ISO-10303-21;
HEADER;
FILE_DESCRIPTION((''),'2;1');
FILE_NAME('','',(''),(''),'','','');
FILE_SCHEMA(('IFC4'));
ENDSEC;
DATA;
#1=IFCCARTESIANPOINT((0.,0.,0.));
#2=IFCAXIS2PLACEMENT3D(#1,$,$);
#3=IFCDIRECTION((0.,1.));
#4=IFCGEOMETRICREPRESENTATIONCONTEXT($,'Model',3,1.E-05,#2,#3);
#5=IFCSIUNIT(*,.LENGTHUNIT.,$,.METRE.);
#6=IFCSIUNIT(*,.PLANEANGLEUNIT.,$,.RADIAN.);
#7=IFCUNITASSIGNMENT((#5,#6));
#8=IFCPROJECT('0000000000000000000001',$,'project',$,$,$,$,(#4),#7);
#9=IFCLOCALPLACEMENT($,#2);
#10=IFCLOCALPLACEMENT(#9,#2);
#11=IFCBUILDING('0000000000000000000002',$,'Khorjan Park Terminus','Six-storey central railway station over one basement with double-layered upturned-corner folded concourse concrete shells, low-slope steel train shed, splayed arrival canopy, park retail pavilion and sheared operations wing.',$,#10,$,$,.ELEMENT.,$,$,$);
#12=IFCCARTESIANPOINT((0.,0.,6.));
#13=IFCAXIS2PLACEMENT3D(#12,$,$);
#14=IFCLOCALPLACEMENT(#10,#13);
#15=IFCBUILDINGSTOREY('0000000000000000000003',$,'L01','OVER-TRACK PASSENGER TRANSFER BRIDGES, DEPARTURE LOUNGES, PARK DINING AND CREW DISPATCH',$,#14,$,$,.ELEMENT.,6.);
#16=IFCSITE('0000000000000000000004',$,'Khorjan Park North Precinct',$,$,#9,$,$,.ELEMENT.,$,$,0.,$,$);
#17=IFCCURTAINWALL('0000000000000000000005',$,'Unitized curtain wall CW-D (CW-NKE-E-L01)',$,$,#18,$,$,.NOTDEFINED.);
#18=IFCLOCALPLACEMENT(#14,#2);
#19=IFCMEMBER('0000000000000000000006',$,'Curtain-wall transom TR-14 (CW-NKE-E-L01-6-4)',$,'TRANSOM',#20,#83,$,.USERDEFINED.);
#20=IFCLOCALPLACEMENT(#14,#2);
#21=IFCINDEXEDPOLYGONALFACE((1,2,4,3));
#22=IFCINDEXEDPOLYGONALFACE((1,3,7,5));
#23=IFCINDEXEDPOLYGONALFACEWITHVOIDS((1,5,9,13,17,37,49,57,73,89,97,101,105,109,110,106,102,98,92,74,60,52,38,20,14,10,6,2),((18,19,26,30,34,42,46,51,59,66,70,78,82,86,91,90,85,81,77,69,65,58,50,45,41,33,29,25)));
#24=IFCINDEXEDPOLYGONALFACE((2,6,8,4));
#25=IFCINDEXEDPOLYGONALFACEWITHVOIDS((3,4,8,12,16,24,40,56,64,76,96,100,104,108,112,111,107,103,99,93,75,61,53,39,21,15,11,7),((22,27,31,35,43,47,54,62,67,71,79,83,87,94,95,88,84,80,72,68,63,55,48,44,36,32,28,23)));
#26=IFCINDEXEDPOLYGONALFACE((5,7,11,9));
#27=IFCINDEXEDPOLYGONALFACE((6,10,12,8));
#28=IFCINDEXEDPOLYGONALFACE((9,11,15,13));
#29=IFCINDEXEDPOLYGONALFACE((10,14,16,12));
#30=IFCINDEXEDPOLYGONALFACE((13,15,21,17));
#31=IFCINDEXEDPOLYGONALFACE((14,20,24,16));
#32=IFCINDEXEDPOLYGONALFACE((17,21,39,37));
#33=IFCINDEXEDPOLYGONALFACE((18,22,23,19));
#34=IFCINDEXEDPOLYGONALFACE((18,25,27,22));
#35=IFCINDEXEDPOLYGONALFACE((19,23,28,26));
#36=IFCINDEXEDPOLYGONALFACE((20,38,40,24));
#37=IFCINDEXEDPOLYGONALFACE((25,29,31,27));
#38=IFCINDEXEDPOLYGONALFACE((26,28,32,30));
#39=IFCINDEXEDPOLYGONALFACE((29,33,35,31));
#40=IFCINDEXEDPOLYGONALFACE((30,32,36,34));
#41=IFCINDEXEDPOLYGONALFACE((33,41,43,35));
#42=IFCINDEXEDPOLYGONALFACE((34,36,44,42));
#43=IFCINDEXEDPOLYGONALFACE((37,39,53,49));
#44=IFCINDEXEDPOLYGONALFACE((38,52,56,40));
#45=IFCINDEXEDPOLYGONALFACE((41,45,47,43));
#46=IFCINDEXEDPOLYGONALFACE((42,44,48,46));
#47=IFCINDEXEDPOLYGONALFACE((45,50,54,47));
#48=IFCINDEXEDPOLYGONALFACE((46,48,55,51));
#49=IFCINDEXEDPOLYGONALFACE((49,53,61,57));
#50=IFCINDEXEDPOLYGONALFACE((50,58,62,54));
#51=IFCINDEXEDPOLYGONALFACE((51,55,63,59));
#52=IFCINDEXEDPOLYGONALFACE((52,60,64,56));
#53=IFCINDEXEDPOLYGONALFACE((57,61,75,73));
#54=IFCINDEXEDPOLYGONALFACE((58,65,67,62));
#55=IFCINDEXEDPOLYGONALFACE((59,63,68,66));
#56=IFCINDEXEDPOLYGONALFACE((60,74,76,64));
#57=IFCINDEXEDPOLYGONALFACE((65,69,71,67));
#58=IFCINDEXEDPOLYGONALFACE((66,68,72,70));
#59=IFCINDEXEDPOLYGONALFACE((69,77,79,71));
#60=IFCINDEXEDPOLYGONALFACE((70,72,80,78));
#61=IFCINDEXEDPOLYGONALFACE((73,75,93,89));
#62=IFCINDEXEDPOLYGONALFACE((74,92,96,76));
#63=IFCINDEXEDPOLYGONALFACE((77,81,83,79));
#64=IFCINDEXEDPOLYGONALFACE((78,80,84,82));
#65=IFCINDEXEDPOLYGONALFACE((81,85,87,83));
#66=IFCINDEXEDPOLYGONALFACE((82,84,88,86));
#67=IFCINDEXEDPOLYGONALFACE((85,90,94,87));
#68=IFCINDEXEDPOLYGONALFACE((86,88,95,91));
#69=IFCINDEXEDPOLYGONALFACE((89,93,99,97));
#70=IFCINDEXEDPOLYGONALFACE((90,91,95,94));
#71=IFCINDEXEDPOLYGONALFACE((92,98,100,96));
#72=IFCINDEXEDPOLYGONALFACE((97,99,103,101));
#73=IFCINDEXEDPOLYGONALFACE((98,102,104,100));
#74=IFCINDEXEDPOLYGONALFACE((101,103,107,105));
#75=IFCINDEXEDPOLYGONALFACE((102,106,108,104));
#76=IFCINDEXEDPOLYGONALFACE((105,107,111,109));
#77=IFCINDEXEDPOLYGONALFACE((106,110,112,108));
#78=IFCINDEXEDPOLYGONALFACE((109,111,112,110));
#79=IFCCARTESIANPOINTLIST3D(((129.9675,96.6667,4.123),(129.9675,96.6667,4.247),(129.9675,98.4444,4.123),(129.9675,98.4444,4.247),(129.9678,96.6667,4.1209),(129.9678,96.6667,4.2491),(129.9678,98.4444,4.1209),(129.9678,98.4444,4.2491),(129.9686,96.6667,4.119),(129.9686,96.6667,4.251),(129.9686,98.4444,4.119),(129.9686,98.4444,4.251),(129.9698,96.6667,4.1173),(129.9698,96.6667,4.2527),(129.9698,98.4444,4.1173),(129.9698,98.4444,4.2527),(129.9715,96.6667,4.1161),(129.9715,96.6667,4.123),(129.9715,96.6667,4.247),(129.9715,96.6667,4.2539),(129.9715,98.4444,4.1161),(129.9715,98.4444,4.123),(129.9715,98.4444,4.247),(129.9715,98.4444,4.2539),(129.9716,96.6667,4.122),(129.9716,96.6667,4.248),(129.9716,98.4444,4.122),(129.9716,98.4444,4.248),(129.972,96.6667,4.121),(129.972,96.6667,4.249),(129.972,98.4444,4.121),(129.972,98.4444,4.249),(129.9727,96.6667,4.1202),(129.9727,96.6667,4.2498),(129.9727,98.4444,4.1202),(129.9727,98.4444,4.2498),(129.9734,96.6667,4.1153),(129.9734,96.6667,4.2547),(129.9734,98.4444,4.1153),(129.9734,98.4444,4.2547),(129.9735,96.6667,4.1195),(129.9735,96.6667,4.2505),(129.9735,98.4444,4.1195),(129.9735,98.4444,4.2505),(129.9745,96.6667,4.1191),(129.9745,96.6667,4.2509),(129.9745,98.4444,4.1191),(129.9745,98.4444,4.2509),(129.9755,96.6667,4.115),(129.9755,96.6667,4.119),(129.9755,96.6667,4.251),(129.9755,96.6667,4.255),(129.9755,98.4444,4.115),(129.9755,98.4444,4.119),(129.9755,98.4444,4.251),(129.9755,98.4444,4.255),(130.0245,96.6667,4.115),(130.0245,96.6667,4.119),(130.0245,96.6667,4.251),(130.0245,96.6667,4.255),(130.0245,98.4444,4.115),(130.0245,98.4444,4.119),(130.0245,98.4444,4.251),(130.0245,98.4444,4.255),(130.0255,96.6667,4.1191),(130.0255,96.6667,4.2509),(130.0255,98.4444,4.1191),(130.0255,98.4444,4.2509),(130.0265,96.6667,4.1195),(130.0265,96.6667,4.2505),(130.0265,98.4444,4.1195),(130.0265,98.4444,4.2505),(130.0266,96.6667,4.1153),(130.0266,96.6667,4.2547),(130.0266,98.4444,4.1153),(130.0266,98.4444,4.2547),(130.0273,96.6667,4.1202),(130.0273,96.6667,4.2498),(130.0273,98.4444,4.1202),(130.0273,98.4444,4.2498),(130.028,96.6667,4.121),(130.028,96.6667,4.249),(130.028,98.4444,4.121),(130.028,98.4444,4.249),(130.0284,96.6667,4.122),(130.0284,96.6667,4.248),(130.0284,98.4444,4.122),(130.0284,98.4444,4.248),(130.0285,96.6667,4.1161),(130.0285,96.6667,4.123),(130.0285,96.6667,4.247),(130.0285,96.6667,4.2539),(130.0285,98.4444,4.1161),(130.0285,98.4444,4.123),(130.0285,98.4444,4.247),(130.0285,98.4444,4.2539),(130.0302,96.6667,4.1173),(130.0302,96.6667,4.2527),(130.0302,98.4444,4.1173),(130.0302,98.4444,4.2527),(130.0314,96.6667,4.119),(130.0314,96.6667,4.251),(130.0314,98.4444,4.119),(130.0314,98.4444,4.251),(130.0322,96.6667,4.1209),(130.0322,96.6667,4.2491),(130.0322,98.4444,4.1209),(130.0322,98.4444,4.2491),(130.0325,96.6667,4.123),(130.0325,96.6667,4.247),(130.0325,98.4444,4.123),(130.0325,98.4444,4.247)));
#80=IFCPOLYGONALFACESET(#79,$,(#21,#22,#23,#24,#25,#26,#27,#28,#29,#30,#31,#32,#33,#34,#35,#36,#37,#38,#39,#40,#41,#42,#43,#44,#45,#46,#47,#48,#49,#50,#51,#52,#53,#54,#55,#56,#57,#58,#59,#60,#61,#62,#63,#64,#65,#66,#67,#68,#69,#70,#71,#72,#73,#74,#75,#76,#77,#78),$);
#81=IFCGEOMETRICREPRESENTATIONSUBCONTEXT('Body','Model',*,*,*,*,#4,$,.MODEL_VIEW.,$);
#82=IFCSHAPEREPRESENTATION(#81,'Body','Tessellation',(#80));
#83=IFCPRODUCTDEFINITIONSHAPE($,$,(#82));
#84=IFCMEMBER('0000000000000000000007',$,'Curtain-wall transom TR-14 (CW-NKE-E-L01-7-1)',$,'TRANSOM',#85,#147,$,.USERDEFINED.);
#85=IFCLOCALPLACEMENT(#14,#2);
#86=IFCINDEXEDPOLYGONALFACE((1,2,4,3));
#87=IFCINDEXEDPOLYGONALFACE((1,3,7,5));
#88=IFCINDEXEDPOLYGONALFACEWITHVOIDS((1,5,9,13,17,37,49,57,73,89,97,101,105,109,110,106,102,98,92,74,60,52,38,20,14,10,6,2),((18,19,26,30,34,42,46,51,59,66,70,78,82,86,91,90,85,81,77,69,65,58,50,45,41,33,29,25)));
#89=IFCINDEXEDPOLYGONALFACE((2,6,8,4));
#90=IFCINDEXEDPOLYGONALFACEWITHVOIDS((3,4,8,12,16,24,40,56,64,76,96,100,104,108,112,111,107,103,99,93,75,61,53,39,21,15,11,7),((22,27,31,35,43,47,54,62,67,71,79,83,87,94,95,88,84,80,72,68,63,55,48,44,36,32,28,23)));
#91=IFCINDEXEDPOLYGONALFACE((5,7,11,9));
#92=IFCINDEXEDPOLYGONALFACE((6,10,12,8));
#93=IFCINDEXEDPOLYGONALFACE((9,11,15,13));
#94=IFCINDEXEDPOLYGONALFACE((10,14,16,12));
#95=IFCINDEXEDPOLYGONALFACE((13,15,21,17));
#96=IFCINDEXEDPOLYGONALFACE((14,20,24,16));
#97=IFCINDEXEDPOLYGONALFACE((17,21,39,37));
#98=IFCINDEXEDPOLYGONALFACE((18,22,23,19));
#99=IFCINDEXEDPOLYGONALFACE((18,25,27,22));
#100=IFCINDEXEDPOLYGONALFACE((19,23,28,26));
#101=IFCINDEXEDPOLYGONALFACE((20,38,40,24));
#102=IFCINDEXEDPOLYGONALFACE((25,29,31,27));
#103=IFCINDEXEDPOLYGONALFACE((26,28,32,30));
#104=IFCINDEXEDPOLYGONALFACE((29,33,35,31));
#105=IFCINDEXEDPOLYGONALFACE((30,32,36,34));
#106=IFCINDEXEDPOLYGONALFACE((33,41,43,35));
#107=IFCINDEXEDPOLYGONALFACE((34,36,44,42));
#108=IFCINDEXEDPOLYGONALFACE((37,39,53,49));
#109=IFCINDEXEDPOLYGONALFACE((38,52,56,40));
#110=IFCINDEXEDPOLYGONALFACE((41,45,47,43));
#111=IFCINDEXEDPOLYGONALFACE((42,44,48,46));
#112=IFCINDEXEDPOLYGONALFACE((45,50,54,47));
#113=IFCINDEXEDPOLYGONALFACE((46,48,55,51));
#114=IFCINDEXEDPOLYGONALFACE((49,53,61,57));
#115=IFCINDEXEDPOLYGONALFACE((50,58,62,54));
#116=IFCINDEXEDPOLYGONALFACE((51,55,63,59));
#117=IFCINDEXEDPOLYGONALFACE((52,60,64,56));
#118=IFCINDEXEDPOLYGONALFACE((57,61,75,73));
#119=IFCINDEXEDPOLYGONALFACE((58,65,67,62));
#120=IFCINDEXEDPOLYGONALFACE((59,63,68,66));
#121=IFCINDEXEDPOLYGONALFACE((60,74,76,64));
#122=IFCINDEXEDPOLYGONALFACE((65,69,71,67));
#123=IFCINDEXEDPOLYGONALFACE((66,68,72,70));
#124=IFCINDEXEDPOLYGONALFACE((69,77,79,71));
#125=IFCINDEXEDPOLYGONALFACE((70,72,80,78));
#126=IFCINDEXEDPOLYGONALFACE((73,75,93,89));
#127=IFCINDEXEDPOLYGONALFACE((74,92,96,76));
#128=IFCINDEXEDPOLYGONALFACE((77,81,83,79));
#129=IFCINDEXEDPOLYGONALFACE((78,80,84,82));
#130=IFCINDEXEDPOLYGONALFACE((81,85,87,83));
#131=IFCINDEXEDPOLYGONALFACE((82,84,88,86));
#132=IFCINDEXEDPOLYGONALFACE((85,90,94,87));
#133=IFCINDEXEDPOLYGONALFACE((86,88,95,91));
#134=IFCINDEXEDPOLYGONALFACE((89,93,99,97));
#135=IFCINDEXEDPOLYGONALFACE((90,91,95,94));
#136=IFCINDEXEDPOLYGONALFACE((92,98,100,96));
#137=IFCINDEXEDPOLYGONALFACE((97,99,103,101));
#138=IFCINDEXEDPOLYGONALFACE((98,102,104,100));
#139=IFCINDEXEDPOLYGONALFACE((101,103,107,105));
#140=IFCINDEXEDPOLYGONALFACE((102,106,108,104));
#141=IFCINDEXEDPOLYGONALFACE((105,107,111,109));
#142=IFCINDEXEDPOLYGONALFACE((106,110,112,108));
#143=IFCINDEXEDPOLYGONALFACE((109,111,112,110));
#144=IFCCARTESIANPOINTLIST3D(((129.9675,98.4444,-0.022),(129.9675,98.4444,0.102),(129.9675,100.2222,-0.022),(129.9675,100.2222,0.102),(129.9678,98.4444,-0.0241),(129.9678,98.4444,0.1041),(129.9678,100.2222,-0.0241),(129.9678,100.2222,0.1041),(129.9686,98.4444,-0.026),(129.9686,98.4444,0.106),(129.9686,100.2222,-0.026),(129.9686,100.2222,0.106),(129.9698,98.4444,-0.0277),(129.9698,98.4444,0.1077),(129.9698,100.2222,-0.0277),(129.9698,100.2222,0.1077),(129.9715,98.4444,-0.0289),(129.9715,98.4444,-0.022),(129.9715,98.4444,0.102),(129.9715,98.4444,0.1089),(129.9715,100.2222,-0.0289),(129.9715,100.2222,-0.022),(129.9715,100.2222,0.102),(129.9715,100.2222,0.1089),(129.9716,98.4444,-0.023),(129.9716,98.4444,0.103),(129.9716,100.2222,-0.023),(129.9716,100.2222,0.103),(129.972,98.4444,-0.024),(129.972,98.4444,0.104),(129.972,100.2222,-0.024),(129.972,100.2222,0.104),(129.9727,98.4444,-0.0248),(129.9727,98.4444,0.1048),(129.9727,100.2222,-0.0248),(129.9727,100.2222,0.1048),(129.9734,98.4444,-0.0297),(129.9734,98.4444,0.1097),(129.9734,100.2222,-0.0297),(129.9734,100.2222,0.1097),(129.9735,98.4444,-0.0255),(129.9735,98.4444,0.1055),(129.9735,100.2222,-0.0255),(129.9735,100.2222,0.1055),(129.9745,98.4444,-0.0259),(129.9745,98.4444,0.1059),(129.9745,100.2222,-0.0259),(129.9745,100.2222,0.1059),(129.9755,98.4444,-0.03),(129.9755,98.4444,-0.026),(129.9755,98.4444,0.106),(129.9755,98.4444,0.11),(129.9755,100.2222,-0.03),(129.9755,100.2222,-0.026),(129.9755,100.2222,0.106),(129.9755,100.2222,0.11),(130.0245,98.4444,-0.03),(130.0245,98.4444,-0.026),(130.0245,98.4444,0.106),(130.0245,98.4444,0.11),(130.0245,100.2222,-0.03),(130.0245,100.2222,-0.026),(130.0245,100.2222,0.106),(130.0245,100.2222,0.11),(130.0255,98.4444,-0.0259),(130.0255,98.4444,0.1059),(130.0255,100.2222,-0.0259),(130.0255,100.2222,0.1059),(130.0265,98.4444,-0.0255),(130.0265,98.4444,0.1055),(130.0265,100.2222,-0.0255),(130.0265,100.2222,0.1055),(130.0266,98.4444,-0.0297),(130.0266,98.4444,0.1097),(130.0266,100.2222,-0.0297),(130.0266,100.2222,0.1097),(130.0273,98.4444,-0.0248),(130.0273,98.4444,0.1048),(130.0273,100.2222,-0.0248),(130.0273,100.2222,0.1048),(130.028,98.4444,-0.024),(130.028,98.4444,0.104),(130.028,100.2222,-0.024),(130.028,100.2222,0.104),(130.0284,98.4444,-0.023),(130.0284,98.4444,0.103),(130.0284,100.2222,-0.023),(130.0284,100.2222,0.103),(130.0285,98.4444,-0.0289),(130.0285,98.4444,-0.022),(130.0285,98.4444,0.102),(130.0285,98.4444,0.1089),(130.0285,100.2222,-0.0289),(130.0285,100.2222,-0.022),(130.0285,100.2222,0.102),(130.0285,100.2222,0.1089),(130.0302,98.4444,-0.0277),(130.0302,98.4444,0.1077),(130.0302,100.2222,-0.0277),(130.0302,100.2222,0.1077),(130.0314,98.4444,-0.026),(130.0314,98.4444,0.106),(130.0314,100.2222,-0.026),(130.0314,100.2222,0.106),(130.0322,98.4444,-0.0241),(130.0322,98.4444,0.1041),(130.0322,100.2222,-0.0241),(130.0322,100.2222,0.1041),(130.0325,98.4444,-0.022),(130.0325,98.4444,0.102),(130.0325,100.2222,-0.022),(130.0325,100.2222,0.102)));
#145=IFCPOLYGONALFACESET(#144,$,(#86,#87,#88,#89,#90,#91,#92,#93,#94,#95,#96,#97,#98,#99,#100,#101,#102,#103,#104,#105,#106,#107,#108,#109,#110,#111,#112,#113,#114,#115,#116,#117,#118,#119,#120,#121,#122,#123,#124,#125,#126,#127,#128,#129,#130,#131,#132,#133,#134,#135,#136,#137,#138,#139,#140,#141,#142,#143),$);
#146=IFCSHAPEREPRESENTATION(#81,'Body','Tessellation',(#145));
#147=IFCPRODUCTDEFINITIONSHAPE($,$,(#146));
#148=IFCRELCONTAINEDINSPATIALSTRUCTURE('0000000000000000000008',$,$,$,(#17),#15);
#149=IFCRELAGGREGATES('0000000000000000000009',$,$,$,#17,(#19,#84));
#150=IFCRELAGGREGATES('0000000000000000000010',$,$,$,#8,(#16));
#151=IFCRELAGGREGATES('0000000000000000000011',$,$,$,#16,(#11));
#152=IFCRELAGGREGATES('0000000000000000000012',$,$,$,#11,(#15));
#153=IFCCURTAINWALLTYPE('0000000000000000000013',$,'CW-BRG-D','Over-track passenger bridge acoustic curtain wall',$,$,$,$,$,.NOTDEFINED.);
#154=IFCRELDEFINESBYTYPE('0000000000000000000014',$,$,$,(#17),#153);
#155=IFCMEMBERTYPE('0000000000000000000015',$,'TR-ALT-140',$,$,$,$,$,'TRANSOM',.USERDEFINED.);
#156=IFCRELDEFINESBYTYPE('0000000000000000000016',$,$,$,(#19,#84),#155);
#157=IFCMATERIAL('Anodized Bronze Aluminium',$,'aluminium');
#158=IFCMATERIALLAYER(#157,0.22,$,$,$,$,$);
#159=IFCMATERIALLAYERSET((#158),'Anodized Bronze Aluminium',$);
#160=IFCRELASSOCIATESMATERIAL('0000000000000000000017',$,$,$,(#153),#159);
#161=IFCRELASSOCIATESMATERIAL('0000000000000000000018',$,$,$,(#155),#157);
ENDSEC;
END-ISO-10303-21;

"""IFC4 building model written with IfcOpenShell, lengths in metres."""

from ifc_helpers import new_model, si_unit, direction, frame, origin, origin_2d, place, context, subcontext, project, spatial, hollow_rectangle, extrude, material, layer, layer_set, material_profile, profile_set, type_object, element, aggregate, save


model = new_model("IFC4")

# Units and contexts
model_context = context("Model", 3, precision=1e-05, world=origin(), true_north=direction((0.0, 1.0)))
body_context = subcontext(model_context, "Body", "Model", "MODEL_VIEW")
ifc_project = project(units=[si_unit("LENGTHUNIT", "METRE"), si_unit("PLANEANGLEUNIT", "RADIAN")], contexts=[model_context])

# Site, building, storey
site_placement = place(None, origin())
site = spatial("IfcSite", under=ifc_project, at=site_placement, Name="Khorjan Park North Precinct", CompositionType="ELEMENT", RefElevation=0.0)
building_placement = place(site_placement, origin())
building = spatial("IfcBuilding", under=site, at=building_placement, Name="Khorjan Park Terminus", Description="Six-storey central railway station over one basement with double-layered upturned-corner folded concourse concrete shells, low-slope steel train shed, splayed arrival canopy, park retail pavilion and sheared operations wing.", CompositionType="ELEMENT")
storey_placement = place(building_placement, frame((0.0, 0.0, 6.0)))
storey = spatial("IfcBuildingStorey", under=building, at=storey_placement, Name="L01", Description="OVER-TRACK PASSENGER TRANSFER BRIDGES, DEPARTURE LOUNGES, PARK DINING AND CREW DISPATCH", CompositionType="ELEMENT", Elevation=6.0)

# Curtain wall, members
ifc_material_1 = material(Name="Anodized Bronze Aluminium", Category="aluminium")
ifc_layer_1 = layer(ifc_material_1, 0.22)
ifc_layer_set_1 = layer_set([ifc_layer_1], Name="Anodized Bronze Aluminium")
curtain_wall_type = type_object("IfcCurtainWallType", Name="CW-BRG-D", Description="Over-track passenger bridge acoustic curtain wall", PredefinedType="NOTDEFINED", material=ifc_layer_set_1)
curtain_wall_placement = place(storey_placement, origin())
curtain_wall = element("IfcCurtainWall", 1, at=curtain_wall_placement, inside=storey, type_object=curtain_wall_type, Name="Unitized curtain wall CW-D (CW-NKE-E-L01)", PredefinedType="NOTDEFINED")
ifc_material_profile_1 = material_profile(ifc_material_1, hollow_rectangle(XDim=0.065, YDim=0.14, WallThickness=0.004, InnerFilletRadius=0.004, OuterFilletRadius=0.008, at=origin_2d()), Name="ALT 65x140x4")
ifc_profile_set_1 = profile_set([ifc_material_profile_1], Name="Anodized Bronze Aluminium")
member_type_1 = type_object("IfcMemberType", Name="TR-ALT-140", ElementType="TRANSOM", PredefinedType="USERDEFINED", material=ifc_profile_set_1)
member_1_placement = place(storey_placement, frame((130.0, 96.6667, 4.185), z_axis=(0.0, 1.0, 0.0), x_axis=(-1.0, 0.0, 0.0)))
member_1 = element("IfcMember", 2, at=member_1_placement, type_object=member_type_1, Name="Curtain-wall transom TR-14 (CW-NKE-E-L01-6-4)", ObjectType="TRANSOM", PredefinedType="USERDEFINED", context=body_context, shape_type="SweptSolid", body=[
    extrude(hollow_rectangle(XDim=0.065, YDim=0.14, WallThickness=0.004, InnerFilletRadius=0.004, OuterFilletRadius=0.008, at=origin_2d()), origin(), (0.0, 0.0, 1.0), 1.7777),
])
member_2_placement = place(storey_placement, frame((130.0, 98.4444, 0.04), z_axis=(0.0, 1.0, 0.0), x_axis=(-1.0, 0.0, 0.0)))
member_2 = element("IfcMember", 3, at=member_2_placement, type_object=member_type_1, Name="Curtain-wall transom TR-14 (CW-NKE-E-L01-7-1)", ObjectType="TRANSOM", PredefinedType="USERDEFINED", context=body_context, shape_type="SweptSolid", body=[
    extrude(hollow_rectangle(XDim=0.065, YDim=0.14, WallThickness=0.004, InnerFilletRadius=0.004, OuterFilletRadius=0.008, at=origin_2d()), origin(), (0.0, 0.0, 1.0), 1.7778),
])
aggregate(curtain_wall, [member_1, member_2])

save(model, "model.ifc")
